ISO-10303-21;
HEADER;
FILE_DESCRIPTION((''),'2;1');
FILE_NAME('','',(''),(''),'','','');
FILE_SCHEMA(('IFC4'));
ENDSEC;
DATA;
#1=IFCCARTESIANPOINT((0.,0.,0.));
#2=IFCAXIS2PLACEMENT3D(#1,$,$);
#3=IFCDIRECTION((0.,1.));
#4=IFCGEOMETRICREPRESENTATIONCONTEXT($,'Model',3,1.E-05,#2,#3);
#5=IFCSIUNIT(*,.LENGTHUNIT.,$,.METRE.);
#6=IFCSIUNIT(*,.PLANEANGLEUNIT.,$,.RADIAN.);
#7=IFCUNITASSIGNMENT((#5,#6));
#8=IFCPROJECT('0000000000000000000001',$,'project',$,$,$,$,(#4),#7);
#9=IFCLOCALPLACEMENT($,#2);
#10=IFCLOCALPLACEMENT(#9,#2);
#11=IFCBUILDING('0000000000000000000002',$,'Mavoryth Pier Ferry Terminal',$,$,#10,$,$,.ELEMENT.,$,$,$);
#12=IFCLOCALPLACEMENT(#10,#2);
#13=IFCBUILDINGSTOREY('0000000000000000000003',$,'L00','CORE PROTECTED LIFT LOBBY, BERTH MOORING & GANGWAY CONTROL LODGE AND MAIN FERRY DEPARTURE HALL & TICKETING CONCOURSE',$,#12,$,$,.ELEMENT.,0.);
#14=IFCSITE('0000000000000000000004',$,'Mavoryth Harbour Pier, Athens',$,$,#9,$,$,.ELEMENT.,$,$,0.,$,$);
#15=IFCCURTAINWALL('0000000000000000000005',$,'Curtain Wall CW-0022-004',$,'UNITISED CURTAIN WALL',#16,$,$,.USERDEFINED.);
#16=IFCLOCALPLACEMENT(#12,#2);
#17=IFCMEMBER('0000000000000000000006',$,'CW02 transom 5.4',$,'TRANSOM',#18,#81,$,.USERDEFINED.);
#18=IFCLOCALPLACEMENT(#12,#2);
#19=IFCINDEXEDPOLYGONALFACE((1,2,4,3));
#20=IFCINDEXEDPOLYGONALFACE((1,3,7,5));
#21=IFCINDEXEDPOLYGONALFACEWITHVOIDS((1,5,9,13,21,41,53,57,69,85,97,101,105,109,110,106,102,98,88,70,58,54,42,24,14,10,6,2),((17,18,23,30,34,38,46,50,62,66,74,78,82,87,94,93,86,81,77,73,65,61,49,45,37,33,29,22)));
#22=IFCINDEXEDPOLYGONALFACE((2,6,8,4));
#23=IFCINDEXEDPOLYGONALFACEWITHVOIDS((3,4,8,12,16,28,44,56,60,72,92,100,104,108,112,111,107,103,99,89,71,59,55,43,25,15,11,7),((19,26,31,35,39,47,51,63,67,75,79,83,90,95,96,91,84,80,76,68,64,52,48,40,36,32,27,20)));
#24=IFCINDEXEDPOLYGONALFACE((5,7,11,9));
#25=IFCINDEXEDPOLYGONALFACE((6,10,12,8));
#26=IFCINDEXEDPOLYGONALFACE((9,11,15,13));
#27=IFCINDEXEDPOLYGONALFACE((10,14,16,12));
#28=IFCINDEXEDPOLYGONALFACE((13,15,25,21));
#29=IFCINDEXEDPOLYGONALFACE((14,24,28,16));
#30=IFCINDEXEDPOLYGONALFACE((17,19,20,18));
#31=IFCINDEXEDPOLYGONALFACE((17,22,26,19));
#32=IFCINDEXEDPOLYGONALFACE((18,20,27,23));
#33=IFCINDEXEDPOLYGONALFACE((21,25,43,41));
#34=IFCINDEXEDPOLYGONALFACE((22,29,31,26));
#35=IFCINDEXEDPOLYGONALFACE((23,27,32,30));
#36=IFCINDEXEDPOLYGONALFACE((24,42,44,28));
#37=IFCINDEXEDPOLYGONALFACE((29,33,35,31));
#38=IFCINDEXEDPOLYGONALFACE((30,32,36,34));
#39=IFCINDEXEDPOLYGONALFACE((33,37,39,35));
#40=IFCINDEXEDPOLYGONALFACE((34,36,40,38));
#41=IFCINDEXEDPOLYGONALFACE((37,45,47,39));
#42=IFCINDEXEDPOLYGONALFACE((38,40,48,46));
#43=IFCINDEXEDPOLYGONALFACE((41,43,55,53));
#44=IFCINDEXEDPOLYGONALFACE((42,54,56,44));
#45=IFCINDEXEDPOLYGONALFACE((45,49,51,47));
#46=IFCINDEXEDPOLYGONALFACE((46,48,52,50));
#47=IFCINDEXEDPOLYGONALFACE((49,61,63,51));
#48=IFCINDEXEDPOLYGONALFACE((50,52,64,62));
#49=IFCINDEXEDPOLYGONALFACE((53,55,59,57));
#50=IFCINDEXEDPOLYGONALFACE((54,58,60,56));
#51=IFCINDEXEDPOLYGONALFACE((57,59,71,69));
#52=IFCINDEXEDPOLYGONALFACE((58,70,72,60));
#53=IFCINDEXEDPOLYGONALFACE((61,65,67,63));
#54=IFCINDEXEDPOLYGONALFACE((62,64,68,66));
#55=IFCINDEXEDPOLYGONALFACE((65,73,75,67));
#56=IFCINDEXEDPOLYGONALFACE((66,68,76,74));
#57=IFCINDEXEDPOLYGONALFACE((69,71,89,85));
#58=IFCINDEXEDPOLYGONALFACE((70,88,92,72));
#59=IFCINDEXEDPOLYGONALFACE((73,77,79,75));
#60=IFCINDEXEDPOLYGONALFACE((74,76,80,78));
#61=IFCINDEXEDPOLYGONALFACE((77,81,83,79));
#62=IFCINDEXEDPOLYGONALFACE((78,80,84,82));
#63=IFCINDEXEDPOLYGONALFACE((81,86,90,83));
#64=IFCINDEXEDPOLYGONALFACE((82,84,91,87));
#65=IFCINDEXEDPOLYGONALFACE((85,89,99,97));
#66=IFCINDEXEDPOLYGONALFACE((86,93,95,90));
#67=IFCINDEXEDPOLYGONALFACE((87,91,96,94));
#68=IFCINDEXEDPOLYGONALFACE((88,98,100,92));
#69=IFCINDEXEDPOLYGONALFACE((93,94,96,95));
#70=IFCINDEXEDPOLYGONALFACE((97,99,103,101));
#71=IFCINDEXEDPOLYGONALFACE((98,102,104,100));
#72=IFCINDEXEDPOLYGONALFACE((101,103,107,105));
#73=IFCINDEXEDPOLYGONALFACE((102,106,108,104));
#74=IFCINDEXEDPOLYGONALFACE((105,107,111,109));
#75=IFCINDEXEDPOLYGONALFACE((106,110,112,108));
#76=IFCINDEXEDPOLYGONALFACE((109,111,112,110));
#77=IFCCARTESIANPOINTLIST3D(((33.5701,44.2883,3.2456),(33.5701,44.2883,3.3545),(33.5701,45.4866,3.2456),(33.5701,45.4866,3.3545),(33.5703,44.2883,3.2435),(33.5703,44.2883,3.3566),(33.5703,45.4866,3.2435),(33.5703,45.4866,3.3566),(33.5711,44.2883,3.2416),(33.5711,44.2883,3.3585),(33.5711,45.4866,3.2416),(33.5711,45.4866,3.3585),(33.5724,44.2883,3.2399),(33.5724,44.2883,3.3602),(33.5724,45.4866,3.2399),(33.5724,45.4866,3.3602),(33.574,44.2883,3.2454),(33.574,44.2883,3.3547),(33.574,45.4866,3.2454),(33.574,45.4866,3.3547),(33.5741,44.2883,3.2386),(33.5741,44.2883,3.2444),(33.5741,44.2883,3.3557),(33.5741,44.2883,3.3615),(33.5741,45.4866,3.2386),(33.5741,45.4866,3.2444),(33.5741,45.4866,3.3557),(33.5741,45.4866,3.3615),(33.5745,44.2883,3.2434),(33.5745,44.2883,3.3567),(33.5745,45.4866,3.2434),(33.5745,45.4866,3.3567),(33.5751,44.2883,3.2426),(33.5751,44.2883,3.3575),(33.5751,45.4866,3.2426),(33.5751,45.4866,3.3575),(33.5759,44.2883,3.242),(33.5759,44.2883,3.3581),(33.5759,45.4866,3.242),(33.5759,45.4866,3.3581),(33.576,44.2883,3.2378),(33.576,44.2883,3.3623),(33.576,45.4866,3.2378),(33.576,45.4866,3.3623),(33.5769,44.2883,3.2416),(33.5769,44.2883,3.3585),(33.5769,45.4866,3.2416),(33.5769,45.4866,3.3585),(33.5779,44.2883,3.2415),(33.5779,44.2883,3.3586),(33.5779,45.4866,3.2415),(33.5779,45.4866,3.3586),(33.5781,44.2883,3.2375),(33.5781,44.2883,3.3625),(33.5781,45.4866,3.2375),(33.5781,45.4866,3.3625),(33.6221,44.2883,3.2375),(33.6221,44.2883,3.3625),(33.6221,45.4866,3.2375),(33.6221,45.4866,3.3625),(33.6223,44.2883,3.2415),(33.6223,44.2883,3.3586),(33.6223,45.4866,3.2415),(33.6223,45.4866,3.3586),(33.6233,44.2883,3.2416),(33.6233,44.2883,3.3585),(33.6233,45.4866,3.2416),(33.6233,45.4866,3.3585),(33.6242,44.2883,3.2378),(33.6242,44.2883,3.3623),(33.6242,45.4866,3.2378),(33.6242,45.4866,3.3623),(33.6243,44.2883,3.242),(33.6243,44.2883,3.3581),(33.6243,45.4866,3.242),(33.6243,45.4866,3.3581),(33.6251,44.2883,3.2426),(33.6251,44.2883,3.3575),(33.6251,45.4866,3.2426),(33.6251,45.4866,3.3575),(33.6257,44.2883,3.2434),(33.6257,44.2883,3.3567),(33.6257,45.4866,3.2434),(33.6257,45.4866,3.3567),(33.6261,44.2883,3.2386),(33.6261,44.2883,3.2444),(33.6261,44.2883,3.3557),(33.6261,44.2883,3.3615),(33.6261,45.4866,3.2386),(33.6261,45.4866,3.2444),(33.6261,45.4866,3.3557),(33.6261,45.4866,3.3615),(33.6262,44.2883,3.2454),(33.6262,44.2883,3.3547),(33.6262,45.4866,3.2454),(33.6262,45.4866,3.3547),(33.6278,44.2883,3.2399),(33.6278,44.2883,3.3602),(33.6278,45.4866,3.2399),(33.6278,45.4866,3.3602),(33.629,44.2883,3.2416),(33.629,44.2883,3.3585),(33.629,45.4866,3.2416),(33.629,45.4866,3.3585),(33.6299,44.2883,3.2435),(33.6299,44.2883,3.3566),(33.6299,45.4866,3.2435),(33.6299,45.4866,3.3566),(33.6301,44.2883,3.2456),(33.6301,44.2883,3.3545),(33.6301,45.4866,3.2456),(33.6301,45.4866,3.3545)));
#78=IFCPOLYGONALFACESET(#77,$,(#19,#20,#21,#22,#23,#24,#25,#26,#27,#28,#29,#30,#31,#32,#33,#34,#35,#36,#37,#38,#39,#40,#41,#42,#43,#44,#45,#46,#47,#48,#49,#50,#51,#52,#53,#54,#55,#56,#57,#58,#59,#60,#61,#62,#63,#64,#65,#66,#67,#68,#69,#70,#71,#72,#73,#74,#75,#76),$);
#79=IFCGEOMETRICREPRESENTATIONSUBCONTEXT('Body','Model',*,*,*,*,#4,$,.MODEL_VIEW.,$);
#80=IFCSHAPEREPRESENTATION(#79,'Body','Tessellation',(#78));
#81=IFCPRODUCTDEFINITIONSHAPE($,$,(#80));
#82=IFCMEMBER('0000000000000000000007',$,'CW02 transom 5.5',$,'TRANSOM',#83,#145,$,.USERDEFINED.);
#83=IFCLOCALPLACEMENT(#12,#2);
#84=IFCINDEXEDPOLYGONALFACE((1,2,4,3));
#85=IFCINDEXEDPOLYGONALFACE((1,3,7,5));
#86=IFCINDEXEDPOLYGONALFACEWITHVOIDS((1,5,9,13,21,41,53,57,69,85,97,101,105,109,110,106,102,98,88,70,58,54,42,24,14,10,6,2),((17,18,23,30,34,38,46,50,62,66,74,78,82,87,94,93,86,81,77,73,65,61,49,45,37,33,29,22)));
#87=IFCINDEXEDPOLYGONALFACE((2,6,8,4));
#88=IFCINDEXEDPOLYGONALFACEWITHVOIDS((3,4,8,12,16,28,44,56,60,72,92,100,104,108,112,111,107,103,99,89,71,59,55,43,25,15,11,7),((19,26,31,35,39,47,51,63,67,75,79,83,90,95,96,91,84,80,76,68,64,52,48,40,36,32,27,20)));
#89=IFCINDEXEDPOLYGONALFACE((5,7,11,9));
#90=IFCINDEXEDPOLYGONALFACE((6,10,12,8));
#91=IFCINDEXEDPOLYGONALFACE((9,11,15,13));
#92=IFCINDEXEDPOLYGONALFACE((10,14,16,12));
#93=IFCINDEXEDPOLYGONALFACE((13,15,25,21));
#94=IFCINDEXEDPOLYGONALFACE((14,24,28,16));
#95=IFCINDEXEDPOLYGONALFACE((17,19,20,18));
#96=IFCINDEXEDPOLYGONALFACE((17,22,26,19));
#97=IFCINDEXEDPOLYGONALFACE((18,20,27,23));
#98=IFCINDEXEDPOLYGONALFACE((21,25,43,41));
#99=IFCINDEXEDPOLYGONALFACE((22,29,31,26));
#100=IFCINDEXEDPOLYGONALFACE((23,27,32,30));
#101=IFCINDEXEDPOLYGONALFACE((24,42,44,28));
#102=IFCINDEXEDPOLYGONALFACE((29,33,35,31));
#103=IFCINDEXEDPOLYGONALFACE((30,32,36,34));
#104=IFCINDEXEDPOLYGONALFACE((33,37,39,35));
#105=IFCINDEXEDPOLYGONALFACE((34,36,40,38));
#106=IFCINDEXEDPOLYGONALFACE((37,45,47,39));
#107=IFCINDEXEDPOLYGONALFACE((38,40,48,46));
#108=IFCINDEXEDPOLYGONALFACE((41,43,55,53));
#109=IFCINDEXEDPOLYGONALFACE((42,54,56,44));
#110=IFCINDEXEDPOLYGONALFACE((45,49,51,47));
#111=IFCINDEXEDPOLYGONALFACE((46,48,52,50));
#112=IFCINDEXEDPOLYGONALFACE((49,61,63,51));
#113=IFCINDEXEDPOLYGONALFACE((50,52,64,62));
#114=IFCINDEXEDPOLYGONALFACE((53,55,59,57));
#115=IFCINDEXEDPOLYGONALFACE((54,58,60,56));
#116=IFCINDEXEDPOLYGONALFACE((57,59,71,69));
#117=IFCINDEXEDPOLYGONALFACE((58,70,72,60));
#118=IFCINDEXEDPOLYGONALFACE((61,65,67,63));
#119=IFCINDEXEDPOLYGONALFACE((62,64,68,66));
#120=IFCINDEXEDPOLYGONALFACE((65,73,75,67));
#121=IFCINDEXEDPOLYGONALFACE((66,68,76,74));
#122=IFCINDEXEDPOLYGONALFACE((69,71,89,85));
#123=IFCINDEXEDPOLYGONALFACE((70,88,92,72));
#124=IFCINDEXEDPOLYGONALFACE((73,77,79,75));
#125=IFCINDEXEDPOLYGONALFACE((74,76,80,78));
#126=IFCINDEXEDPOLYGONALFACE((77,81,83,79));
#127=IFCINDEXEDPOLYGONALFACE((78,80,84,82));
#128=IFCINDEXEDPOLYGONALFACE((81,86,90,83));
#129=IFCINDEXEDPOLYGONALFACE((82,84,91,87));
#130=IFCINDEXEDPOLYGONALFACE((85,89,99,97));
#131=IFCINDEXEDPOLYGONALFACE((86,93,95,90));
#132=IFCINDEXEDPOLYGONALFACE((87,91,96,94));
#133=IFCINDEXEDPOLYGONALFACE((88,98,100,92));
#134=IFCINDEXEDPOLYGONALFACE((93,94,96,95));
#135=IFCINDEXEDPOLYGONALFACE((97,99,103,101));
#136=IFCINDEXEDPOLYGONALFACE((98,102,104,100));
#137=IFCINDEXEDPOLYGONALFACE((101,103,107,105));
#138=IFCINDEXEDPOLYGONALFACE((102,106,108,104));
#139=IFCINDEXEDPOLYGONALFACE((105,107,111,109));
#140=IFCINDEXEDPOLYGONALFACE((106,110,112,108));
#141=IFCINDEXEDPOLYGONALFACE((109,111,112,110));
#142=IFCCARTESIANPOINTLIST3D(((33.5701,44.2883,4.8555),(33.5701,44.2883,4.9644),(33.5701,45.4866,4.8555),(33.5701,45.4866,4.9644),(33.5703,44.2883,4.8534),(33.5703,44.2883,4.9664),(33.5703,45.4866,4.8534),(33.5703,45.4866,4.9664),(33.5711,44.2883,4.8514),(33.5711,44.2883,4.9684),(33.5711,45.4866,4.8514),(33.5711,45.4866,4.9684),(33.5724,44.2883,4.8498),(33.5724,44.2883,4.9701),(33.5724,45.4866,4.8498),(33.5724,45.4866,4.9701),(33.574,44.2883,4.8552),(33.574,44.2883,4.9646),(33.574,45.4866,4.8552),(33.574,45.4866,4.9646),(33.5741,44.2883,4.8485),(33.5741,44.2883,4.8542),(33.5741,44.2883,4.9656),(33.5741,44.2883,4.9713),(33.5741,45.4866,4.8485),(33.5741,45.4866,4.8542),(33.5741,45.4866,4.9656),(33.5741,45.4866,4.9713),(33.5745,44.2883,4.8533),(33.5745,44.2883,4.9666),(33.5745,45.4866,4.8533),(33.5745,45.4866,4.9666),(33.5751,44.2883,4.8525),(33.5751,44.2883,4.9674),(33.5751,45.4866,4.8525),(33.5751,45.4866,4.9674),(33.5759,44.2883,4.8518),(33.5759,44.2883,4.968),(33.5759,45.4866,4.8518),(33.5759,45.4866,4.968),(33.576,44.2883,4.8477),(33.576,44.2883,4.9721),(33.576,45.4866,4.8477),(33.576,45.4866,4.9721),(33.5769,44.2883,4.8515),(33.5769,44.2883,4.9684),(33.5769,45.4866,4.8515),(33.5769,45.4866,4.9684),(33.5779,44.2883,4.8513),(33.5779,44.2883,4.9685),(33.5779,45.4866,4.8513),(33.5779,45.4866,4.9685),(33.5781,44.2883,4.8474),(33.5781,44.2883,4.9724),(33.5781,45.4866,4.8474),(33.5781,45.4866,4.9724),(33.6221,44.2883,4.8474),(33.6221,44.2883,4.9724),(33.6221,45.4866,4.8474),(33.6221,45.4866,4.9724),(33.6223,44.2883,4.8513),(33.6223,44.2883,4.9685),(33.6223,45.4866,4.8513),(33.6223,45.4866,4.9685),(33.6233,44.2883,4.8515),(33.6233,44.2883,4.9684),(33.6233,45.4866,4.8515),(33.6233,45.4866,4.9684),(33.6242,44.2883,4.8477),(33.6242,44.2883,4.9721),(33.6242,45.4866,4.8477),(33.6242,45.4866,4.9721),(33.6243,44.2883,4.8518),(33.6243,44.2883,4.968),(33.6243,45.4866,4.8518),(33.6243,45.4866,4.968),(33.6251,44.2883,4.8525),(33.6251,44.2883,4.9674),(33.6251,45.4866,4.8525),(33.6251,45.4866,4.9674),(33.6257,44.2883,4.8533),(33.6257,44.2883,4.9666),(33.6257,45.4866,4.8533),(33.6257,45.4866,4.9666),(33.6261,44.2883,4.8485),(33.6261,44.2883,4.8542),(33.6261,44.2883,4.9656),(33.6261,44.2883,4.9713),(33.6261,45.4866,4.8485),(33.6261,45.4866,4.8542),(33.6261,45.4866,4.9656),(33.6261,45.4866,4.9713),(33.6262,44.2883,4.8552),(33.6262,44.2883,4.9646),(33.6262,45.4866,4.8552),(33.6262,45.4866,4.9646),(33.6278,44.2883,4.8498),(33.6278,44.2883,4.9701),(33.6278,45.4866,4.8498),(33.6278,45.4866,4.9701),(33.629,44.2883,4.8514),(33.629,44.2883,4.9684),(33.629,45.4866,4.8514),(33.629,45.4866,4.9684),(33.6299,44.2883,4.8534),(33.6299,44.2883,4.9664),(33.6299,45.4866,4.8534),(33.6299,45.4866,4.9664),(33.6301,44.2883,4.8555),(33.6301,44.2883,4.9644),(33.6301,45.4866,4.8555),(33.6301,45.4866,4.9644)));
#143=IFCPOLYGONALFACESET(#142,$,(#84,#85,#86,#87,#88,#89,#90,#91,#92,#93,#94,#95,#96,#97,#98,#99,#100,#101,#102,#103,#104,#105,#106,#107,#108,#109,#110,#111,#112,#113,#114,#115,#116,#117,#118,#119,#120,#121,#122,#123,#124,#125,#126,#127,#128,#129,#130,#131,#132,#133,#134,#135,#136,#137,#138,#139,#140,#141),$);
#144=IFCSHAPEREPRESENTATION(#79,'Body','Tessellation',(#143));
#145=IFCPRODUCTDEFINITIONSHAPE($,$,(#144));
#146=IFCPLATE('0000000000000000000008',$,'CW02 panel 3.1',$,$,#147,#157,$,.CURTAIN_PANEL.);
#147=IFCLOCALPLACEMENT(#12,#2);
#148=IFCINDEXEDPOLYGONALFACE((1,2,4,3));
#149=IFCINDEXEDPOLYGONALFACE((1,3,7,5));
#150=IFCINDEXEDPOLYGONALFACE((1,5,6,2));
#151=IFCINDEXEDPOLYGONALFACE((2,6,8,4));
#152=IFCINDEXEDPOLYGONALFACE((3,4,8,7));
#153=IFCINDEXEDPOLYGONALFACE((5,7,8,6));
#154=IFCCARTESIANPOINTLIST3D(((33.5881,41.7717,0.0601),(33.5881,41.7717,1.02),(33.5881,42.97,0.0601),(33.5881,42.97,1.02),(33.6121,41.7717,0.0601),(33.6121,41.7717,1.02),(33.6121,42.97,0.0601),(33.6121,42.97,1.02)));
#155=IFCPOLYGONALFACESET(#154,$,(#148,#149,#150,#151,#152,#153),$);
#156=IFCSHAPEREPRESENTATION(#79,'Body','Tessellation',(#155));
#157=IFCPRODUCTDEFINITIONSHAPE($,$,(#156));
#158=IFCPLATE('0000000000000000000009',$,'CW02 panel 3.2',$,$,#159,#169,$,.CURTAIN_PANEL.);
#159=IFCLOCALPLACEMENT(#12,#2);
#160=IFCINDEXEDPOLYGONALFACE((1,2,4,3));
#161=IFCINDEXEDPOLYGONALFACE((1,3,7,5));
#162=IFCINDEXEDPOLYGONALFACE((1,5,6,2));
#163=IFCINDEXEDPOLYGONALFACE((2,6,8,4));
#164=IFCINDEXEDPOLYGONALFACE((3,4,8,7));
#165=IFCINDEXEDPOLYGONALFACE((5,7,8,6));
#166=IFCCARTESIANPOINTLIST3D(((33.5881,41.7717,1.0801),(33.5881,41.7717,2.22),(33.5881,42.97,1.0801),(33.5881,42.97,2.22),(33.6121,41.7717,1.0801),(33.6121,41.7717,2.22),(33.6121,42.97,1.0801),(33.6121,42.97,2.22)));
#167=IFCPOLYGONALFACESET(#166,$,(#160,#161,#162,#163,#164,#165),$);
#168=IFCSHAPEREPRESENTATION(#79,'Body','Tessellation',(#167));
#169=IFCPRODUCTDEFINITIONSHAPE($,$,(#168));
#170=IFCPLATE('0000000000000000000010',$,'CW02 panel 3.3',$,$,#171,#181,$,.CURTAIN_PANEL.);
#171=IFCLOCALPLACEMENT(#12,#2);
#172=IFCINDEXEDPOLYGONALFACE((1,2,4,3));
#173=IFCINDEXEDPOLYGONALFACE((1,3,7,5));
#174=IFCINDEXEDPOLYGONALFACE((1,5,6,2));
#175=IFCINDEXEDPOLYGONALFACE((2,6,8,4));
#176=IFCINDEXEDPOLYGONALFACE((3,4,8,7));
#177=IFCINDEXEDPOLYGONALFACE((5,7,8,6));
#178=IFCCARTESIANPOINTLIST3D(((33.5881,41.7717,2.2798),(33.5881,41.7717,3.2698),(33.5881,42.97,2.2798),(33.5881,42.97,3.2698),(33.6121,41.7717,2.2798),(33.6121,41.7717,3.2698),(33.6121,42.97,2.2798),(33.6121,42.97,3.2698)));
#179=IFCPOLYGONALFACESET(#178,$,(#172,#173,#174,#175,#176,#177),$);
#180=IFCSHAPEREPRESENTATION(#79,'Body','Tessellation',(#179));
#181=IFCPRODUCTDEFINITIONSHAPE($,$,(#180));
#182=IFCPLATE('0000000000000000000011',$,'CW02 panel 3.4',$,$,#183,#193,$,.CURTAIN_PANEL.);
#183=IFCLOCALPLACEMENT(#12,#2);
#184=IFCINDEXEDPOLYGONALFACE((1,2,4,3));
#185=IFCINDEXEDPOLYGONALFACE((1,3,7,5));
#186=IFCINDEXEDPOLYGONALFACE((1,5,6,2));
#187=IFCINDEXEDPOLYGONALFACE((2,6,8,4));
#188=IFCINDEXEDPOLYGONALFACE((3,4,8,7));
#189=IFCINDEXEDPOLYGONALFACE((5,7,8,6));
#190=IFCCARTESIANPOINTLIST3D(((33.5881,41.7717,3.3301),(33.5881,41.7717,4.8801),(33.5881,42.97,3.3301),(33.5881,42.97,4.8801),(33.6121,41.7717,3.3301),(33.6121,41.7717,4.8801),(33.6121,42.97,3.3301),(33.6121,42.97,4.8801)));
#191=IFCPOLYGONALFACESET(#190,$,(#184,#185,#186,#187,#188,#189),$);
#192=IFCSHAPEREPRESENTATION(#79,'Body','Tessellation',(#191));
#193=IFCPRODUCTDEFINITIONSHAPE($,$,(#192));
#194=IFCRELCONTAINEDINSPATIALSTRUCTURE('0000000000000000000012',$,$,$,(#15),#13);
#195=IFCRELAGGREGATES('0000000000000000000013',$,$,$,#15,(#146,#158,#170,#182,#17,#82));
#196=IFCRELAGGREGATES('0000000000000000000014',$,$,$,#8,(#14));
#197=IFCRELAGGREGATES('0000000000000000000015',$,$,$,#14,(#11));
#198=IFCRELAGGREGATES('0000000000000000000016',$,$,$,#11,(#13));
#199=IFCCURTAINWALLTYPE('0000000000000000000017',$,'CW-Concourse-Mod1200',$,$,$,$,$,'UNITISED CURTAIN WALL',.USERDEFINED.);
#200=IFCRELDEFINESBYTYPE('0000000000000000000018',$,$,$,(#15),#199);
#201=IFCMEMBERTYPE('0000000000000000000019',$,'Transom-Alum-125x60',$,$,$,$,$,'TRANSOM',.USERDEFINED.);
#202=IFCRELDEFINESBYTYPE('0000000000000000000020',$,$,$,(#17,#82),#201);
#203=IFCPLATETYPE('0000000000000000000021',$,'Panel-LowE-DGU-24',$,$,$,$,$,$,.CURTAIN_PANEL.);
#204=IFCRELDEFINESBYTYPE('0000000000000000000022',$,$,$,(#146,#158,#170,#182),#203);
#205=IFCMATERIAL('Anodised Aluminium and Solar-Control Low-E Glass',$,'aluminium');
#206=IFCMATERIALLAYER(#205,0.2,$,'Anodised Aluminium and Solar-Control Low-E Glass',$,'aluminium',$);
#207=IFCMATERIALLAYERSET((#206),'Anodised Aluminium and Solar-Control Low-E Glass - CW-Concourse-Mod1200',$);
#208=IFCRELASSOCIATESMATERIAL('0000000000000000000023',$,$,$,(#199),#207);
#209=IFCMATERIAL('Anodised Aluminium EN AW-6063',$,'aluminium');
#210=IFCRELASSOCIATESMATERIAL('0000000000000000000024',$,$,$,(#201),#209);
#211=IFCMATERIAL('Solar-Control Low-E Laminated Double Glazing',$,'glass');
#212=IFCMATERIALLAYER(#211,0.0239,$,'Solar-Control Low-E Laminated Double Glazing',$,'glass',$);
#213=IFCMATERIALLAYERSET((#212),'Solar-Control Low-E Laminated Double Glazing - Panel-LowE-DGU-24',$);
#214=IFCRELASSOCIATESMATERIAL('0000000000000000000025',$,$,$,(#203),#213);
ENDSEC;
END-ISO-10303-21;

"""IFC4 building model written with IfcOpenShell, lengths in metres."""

from ifc_helpers import new_model, si_unit, direction, frame, origin, origin_2d, place, context, subcontext, project, spatial, rectangle, hollow_rectangle, extrude, material, layer, layer_set, material_profile, profile_set, type_object, element, aggregate, save


model = new_model("IFC4")

# Units and contexts
model_context = context("Model", 3, precision=1e-05, world=origin(), true_north=direction((0.0, 1.0)))
body_context = subcontext(model_context, "Body", "Model", "MODEL_VIEW")
ifc_project = project(units=[si_unit("LENGTHUNIT", "METRE"), si_unit("PLANEANGLEUNIT", "RADIAN")], contexts=[model_context])

# Site, building, storey
site_placement = place(None, origin())
site = spatial("IfcSite", under=ifc_project, at=site_placement, Name="Mavoryth Harbour Pier, Athens", CompositionType="ELEMENT", RefElevation=0.0)
building_placement = place(site_placement, origin())
building = spatial("IfcBuilding", under=site, at=building_placement, Name="Mavoryth Pier Ferry Terminal", CompositionType="ELEMENT")
storey_placement = place(building_placement, origin())
storey = spatial("IfcBuildingStorey", under=building, at=storey_placement, Name="L00", Description="CORE PROTECTED LIFT LOBBY, BERTH MOORING & GANGWAY CONTROL LODGE AND MAIN FERRY DEPARTURE HALL & TICKETING CONCOURSE", CompositionType="ELEMENT", Elevation=0.0)

# Curtain wall, members, plates
ifc_material_1 = material(Name="Anodised Aluminium and Solar-Control Low-E Glass", Category="aluminium")
ifc_layer_1 = layer(ifc_material_1, 0.2, Name="Anodised Aluminium and Solar-Control Low-E Glass", Category="aluminium")
ifc_layer_set_1 = layer_set([ifc_layer_1], Name="Anodised Aluminium and Solar-Control Low-E Glass - CW-Concourse-Mod1200")
curtain_wall_type = type_object("IfcCurtainWallType", Name="CW-Concourse-Mod1200", ElementType="UNITISED CURTAIN WALL", PredefinedType="USERDEFINED", material=ifc_layer_set_1)
curtain_wall_placement = place(storey_placement, origin())
curtain_wall = element("IfcCurtainWall", 1, at=curtain_wall_placement, inside=storey, type_object=curtain_wall_type, Name="Curtain Wall CW-0022-004", ObjectType="UNITISED CURTAIN WALL", PredefinedType="USERDEFINED")
ifc_material_2 = material(Name="Anodised Aluminium EN AW-6063", Category="aluminium")
ifc_material_profile_1 = material_profile(ifc_material_2, hollow_rectangle(XDim=0.0601, YDim=0.125, WallThickness=0.0039, InnerFilletRadius=0.0039, OuterFilletRadius=0.0081, at=origin_2d()), Name="AL-TRAN 125x60x4", Category="aluminium")
ifc_profile_set_1 = profile_set([ifc_material_profile_1], Name="Anodised Aluminium EN AW-6063 - AL-TRAN 125x60x4")
member_type_1 = type_object("IfcMemberType", Name="Transom-Alum-125x60", ElementType="TRANSOM", PredefinedType="USERDEFINED", material=ifc_profile_set_1)
member_1_placement = place(storey_placement, frame((33.6001, 44.2883, 3.3), z_axis=(0.0, 1.0, 0.0), x_axis=(-1.0, 0.0, 0.0)))
member_1 = element("IfcMember", 2, at=member_1_placement, type_object=member_type_1, Name="CW02 transom 5.4", ObjectType="TRANSOM", PredefinedType="USERDEFINED", context=body_context, shape_type="SweptSolid", body=[
    extrude(hollow_rectangle(XDim=0.0601, YDim=0.125, WallThickness=0.0039, InnerFilletRadius=0.0039, OuterFilletRadius=0.0081, at=origin_2d()), origin(), (0.0, 0.0, 1.0), 1.1982),
])
member_2_placement = place(storey_placement, frame((33.6001, 44.2883, 4.9099), z_axis=(0.0, 1.0, 0.0), x_axis=(-1.0, 0.0, 0.0)))
member_2 = element("IfcMember", 3, at=member_2_placement, type_object=member_type_1, Name="CW02 transom 5.5", ObjectType="TRANSOM", PredefinedType="USERDEFINED", context=body_context, shape_type="SweptSolid", body=[
    extrude(hollow_rectangle(XDim=0.0601, YDim=0.125, WallThickness=0.0039, InnerFilletRadius=0.0039, OuterFilletRadius=0.0081, at=origin_2d()), origin(), (0.0, 0.0, 1.0), 1.1982),
])
ifc_material_3 = material(Name="Solar-Control Low-E Laminated Double Glazing", Category="glass")
ifc_layer_2 = layer(ifc_material_3, 0.0239, Name="Solar-Control Low-E Laminated Double Glazing", Category="glass")
ifc_layer_set_2 = layer_set([ifc_layer_2], Name="Solar-Control Low-E Laminated Double Glazing - Panel-LowE-DGU-24")
plate_type = type_object("IfcPlateType", Name="Panel-LowE-DGU-24", PredefinedType="CURTAIN_PANEL", material=ifc_layer_set_2)
plate_1_placement = place(storey_placement, frame((33.6001, 42.3708, 0.0601), z_axis=(0.0, 0.0, 1.0), x_axis=(0.0, 1.0, 0.0)))
plate_1 = element("IfcPlate", 4, at=plate_1_placement, type_object=plate_type, Name="CW02 panel 3.1", PredefinedType="CURTAIN_PANEL", context=body_context, shape_type="SweptSolid", body=[
    extrude(rectangle(XDim=1.1982, YDim=0.0239, at=origin_2d()), origin(), (0.0, 0.0, 1.0), 0.96),
])
plate_2_placement = place(storey_placement, frame((33.6001, 42.3708, 1.0801), z_axis=(0.0, 0.0, 1.0), x_axis=(0.0, 1.0, 0.0)))
plate_2 = element("IfcPlate", 5, at=plate_2_placement, type_object=plate_type, Name="CW02 panel 3.2", PredefinedType="CURTAIN_PANEL", context=body_context, shape_type="SweptSolid", body=[
    extrude(rectangle(XDim=1.1982, YDim=0.0239, at=origin_2d()), origin(), (0.0, 0.0, 1.0), 1.1399),
])
plate_3_placement = place(storey_placement, frame((33.6001, 42.3708, 2.2798), z_axis=(0.0, 0.0, 1.0), x_axis=(0.0, 1.0, 0.0)))
plate_3 = element("IfcPlate", 6, at=plate_3_placement, type_object=plate_type, Name="CW02 panel 3.3", PredefinedType="CURTAIN_PANEL", context=body_context, shape_type="SweptSolid", body=[
    extrude(rectangle(XDim=1.1982, YDim=0.0239, at=origin_2d()), origin(), (0.0, 0.0, 1.0), 0.99),
])
plate_4_placement = place(storey_placement, frame((33.6001, 42.3708, 3.3301), z_axis=(0.0, 0.0, 1.0), x_axis=(0.0, 1.0, 0.0)))
plate_4 = element("IfcPlate", 7, at=plate_4_placement, type_object=plate_type, Name="CW02 panel 3.4", PredefinedType="CURTAIN_PANEL", context=body_context, shape_type="SweptSolid", body=[
    extrude(rectangle(XDim=1.1982, YDim=0.0239, at=origin_2d()), origin(), (0.0, 0.0, 1.0), 1.55),
])
aggregate(curtain_wall, [plate_1, plate_2, plate_3, plate_4, member_1, member_2])

save(model, "model.ifc")
